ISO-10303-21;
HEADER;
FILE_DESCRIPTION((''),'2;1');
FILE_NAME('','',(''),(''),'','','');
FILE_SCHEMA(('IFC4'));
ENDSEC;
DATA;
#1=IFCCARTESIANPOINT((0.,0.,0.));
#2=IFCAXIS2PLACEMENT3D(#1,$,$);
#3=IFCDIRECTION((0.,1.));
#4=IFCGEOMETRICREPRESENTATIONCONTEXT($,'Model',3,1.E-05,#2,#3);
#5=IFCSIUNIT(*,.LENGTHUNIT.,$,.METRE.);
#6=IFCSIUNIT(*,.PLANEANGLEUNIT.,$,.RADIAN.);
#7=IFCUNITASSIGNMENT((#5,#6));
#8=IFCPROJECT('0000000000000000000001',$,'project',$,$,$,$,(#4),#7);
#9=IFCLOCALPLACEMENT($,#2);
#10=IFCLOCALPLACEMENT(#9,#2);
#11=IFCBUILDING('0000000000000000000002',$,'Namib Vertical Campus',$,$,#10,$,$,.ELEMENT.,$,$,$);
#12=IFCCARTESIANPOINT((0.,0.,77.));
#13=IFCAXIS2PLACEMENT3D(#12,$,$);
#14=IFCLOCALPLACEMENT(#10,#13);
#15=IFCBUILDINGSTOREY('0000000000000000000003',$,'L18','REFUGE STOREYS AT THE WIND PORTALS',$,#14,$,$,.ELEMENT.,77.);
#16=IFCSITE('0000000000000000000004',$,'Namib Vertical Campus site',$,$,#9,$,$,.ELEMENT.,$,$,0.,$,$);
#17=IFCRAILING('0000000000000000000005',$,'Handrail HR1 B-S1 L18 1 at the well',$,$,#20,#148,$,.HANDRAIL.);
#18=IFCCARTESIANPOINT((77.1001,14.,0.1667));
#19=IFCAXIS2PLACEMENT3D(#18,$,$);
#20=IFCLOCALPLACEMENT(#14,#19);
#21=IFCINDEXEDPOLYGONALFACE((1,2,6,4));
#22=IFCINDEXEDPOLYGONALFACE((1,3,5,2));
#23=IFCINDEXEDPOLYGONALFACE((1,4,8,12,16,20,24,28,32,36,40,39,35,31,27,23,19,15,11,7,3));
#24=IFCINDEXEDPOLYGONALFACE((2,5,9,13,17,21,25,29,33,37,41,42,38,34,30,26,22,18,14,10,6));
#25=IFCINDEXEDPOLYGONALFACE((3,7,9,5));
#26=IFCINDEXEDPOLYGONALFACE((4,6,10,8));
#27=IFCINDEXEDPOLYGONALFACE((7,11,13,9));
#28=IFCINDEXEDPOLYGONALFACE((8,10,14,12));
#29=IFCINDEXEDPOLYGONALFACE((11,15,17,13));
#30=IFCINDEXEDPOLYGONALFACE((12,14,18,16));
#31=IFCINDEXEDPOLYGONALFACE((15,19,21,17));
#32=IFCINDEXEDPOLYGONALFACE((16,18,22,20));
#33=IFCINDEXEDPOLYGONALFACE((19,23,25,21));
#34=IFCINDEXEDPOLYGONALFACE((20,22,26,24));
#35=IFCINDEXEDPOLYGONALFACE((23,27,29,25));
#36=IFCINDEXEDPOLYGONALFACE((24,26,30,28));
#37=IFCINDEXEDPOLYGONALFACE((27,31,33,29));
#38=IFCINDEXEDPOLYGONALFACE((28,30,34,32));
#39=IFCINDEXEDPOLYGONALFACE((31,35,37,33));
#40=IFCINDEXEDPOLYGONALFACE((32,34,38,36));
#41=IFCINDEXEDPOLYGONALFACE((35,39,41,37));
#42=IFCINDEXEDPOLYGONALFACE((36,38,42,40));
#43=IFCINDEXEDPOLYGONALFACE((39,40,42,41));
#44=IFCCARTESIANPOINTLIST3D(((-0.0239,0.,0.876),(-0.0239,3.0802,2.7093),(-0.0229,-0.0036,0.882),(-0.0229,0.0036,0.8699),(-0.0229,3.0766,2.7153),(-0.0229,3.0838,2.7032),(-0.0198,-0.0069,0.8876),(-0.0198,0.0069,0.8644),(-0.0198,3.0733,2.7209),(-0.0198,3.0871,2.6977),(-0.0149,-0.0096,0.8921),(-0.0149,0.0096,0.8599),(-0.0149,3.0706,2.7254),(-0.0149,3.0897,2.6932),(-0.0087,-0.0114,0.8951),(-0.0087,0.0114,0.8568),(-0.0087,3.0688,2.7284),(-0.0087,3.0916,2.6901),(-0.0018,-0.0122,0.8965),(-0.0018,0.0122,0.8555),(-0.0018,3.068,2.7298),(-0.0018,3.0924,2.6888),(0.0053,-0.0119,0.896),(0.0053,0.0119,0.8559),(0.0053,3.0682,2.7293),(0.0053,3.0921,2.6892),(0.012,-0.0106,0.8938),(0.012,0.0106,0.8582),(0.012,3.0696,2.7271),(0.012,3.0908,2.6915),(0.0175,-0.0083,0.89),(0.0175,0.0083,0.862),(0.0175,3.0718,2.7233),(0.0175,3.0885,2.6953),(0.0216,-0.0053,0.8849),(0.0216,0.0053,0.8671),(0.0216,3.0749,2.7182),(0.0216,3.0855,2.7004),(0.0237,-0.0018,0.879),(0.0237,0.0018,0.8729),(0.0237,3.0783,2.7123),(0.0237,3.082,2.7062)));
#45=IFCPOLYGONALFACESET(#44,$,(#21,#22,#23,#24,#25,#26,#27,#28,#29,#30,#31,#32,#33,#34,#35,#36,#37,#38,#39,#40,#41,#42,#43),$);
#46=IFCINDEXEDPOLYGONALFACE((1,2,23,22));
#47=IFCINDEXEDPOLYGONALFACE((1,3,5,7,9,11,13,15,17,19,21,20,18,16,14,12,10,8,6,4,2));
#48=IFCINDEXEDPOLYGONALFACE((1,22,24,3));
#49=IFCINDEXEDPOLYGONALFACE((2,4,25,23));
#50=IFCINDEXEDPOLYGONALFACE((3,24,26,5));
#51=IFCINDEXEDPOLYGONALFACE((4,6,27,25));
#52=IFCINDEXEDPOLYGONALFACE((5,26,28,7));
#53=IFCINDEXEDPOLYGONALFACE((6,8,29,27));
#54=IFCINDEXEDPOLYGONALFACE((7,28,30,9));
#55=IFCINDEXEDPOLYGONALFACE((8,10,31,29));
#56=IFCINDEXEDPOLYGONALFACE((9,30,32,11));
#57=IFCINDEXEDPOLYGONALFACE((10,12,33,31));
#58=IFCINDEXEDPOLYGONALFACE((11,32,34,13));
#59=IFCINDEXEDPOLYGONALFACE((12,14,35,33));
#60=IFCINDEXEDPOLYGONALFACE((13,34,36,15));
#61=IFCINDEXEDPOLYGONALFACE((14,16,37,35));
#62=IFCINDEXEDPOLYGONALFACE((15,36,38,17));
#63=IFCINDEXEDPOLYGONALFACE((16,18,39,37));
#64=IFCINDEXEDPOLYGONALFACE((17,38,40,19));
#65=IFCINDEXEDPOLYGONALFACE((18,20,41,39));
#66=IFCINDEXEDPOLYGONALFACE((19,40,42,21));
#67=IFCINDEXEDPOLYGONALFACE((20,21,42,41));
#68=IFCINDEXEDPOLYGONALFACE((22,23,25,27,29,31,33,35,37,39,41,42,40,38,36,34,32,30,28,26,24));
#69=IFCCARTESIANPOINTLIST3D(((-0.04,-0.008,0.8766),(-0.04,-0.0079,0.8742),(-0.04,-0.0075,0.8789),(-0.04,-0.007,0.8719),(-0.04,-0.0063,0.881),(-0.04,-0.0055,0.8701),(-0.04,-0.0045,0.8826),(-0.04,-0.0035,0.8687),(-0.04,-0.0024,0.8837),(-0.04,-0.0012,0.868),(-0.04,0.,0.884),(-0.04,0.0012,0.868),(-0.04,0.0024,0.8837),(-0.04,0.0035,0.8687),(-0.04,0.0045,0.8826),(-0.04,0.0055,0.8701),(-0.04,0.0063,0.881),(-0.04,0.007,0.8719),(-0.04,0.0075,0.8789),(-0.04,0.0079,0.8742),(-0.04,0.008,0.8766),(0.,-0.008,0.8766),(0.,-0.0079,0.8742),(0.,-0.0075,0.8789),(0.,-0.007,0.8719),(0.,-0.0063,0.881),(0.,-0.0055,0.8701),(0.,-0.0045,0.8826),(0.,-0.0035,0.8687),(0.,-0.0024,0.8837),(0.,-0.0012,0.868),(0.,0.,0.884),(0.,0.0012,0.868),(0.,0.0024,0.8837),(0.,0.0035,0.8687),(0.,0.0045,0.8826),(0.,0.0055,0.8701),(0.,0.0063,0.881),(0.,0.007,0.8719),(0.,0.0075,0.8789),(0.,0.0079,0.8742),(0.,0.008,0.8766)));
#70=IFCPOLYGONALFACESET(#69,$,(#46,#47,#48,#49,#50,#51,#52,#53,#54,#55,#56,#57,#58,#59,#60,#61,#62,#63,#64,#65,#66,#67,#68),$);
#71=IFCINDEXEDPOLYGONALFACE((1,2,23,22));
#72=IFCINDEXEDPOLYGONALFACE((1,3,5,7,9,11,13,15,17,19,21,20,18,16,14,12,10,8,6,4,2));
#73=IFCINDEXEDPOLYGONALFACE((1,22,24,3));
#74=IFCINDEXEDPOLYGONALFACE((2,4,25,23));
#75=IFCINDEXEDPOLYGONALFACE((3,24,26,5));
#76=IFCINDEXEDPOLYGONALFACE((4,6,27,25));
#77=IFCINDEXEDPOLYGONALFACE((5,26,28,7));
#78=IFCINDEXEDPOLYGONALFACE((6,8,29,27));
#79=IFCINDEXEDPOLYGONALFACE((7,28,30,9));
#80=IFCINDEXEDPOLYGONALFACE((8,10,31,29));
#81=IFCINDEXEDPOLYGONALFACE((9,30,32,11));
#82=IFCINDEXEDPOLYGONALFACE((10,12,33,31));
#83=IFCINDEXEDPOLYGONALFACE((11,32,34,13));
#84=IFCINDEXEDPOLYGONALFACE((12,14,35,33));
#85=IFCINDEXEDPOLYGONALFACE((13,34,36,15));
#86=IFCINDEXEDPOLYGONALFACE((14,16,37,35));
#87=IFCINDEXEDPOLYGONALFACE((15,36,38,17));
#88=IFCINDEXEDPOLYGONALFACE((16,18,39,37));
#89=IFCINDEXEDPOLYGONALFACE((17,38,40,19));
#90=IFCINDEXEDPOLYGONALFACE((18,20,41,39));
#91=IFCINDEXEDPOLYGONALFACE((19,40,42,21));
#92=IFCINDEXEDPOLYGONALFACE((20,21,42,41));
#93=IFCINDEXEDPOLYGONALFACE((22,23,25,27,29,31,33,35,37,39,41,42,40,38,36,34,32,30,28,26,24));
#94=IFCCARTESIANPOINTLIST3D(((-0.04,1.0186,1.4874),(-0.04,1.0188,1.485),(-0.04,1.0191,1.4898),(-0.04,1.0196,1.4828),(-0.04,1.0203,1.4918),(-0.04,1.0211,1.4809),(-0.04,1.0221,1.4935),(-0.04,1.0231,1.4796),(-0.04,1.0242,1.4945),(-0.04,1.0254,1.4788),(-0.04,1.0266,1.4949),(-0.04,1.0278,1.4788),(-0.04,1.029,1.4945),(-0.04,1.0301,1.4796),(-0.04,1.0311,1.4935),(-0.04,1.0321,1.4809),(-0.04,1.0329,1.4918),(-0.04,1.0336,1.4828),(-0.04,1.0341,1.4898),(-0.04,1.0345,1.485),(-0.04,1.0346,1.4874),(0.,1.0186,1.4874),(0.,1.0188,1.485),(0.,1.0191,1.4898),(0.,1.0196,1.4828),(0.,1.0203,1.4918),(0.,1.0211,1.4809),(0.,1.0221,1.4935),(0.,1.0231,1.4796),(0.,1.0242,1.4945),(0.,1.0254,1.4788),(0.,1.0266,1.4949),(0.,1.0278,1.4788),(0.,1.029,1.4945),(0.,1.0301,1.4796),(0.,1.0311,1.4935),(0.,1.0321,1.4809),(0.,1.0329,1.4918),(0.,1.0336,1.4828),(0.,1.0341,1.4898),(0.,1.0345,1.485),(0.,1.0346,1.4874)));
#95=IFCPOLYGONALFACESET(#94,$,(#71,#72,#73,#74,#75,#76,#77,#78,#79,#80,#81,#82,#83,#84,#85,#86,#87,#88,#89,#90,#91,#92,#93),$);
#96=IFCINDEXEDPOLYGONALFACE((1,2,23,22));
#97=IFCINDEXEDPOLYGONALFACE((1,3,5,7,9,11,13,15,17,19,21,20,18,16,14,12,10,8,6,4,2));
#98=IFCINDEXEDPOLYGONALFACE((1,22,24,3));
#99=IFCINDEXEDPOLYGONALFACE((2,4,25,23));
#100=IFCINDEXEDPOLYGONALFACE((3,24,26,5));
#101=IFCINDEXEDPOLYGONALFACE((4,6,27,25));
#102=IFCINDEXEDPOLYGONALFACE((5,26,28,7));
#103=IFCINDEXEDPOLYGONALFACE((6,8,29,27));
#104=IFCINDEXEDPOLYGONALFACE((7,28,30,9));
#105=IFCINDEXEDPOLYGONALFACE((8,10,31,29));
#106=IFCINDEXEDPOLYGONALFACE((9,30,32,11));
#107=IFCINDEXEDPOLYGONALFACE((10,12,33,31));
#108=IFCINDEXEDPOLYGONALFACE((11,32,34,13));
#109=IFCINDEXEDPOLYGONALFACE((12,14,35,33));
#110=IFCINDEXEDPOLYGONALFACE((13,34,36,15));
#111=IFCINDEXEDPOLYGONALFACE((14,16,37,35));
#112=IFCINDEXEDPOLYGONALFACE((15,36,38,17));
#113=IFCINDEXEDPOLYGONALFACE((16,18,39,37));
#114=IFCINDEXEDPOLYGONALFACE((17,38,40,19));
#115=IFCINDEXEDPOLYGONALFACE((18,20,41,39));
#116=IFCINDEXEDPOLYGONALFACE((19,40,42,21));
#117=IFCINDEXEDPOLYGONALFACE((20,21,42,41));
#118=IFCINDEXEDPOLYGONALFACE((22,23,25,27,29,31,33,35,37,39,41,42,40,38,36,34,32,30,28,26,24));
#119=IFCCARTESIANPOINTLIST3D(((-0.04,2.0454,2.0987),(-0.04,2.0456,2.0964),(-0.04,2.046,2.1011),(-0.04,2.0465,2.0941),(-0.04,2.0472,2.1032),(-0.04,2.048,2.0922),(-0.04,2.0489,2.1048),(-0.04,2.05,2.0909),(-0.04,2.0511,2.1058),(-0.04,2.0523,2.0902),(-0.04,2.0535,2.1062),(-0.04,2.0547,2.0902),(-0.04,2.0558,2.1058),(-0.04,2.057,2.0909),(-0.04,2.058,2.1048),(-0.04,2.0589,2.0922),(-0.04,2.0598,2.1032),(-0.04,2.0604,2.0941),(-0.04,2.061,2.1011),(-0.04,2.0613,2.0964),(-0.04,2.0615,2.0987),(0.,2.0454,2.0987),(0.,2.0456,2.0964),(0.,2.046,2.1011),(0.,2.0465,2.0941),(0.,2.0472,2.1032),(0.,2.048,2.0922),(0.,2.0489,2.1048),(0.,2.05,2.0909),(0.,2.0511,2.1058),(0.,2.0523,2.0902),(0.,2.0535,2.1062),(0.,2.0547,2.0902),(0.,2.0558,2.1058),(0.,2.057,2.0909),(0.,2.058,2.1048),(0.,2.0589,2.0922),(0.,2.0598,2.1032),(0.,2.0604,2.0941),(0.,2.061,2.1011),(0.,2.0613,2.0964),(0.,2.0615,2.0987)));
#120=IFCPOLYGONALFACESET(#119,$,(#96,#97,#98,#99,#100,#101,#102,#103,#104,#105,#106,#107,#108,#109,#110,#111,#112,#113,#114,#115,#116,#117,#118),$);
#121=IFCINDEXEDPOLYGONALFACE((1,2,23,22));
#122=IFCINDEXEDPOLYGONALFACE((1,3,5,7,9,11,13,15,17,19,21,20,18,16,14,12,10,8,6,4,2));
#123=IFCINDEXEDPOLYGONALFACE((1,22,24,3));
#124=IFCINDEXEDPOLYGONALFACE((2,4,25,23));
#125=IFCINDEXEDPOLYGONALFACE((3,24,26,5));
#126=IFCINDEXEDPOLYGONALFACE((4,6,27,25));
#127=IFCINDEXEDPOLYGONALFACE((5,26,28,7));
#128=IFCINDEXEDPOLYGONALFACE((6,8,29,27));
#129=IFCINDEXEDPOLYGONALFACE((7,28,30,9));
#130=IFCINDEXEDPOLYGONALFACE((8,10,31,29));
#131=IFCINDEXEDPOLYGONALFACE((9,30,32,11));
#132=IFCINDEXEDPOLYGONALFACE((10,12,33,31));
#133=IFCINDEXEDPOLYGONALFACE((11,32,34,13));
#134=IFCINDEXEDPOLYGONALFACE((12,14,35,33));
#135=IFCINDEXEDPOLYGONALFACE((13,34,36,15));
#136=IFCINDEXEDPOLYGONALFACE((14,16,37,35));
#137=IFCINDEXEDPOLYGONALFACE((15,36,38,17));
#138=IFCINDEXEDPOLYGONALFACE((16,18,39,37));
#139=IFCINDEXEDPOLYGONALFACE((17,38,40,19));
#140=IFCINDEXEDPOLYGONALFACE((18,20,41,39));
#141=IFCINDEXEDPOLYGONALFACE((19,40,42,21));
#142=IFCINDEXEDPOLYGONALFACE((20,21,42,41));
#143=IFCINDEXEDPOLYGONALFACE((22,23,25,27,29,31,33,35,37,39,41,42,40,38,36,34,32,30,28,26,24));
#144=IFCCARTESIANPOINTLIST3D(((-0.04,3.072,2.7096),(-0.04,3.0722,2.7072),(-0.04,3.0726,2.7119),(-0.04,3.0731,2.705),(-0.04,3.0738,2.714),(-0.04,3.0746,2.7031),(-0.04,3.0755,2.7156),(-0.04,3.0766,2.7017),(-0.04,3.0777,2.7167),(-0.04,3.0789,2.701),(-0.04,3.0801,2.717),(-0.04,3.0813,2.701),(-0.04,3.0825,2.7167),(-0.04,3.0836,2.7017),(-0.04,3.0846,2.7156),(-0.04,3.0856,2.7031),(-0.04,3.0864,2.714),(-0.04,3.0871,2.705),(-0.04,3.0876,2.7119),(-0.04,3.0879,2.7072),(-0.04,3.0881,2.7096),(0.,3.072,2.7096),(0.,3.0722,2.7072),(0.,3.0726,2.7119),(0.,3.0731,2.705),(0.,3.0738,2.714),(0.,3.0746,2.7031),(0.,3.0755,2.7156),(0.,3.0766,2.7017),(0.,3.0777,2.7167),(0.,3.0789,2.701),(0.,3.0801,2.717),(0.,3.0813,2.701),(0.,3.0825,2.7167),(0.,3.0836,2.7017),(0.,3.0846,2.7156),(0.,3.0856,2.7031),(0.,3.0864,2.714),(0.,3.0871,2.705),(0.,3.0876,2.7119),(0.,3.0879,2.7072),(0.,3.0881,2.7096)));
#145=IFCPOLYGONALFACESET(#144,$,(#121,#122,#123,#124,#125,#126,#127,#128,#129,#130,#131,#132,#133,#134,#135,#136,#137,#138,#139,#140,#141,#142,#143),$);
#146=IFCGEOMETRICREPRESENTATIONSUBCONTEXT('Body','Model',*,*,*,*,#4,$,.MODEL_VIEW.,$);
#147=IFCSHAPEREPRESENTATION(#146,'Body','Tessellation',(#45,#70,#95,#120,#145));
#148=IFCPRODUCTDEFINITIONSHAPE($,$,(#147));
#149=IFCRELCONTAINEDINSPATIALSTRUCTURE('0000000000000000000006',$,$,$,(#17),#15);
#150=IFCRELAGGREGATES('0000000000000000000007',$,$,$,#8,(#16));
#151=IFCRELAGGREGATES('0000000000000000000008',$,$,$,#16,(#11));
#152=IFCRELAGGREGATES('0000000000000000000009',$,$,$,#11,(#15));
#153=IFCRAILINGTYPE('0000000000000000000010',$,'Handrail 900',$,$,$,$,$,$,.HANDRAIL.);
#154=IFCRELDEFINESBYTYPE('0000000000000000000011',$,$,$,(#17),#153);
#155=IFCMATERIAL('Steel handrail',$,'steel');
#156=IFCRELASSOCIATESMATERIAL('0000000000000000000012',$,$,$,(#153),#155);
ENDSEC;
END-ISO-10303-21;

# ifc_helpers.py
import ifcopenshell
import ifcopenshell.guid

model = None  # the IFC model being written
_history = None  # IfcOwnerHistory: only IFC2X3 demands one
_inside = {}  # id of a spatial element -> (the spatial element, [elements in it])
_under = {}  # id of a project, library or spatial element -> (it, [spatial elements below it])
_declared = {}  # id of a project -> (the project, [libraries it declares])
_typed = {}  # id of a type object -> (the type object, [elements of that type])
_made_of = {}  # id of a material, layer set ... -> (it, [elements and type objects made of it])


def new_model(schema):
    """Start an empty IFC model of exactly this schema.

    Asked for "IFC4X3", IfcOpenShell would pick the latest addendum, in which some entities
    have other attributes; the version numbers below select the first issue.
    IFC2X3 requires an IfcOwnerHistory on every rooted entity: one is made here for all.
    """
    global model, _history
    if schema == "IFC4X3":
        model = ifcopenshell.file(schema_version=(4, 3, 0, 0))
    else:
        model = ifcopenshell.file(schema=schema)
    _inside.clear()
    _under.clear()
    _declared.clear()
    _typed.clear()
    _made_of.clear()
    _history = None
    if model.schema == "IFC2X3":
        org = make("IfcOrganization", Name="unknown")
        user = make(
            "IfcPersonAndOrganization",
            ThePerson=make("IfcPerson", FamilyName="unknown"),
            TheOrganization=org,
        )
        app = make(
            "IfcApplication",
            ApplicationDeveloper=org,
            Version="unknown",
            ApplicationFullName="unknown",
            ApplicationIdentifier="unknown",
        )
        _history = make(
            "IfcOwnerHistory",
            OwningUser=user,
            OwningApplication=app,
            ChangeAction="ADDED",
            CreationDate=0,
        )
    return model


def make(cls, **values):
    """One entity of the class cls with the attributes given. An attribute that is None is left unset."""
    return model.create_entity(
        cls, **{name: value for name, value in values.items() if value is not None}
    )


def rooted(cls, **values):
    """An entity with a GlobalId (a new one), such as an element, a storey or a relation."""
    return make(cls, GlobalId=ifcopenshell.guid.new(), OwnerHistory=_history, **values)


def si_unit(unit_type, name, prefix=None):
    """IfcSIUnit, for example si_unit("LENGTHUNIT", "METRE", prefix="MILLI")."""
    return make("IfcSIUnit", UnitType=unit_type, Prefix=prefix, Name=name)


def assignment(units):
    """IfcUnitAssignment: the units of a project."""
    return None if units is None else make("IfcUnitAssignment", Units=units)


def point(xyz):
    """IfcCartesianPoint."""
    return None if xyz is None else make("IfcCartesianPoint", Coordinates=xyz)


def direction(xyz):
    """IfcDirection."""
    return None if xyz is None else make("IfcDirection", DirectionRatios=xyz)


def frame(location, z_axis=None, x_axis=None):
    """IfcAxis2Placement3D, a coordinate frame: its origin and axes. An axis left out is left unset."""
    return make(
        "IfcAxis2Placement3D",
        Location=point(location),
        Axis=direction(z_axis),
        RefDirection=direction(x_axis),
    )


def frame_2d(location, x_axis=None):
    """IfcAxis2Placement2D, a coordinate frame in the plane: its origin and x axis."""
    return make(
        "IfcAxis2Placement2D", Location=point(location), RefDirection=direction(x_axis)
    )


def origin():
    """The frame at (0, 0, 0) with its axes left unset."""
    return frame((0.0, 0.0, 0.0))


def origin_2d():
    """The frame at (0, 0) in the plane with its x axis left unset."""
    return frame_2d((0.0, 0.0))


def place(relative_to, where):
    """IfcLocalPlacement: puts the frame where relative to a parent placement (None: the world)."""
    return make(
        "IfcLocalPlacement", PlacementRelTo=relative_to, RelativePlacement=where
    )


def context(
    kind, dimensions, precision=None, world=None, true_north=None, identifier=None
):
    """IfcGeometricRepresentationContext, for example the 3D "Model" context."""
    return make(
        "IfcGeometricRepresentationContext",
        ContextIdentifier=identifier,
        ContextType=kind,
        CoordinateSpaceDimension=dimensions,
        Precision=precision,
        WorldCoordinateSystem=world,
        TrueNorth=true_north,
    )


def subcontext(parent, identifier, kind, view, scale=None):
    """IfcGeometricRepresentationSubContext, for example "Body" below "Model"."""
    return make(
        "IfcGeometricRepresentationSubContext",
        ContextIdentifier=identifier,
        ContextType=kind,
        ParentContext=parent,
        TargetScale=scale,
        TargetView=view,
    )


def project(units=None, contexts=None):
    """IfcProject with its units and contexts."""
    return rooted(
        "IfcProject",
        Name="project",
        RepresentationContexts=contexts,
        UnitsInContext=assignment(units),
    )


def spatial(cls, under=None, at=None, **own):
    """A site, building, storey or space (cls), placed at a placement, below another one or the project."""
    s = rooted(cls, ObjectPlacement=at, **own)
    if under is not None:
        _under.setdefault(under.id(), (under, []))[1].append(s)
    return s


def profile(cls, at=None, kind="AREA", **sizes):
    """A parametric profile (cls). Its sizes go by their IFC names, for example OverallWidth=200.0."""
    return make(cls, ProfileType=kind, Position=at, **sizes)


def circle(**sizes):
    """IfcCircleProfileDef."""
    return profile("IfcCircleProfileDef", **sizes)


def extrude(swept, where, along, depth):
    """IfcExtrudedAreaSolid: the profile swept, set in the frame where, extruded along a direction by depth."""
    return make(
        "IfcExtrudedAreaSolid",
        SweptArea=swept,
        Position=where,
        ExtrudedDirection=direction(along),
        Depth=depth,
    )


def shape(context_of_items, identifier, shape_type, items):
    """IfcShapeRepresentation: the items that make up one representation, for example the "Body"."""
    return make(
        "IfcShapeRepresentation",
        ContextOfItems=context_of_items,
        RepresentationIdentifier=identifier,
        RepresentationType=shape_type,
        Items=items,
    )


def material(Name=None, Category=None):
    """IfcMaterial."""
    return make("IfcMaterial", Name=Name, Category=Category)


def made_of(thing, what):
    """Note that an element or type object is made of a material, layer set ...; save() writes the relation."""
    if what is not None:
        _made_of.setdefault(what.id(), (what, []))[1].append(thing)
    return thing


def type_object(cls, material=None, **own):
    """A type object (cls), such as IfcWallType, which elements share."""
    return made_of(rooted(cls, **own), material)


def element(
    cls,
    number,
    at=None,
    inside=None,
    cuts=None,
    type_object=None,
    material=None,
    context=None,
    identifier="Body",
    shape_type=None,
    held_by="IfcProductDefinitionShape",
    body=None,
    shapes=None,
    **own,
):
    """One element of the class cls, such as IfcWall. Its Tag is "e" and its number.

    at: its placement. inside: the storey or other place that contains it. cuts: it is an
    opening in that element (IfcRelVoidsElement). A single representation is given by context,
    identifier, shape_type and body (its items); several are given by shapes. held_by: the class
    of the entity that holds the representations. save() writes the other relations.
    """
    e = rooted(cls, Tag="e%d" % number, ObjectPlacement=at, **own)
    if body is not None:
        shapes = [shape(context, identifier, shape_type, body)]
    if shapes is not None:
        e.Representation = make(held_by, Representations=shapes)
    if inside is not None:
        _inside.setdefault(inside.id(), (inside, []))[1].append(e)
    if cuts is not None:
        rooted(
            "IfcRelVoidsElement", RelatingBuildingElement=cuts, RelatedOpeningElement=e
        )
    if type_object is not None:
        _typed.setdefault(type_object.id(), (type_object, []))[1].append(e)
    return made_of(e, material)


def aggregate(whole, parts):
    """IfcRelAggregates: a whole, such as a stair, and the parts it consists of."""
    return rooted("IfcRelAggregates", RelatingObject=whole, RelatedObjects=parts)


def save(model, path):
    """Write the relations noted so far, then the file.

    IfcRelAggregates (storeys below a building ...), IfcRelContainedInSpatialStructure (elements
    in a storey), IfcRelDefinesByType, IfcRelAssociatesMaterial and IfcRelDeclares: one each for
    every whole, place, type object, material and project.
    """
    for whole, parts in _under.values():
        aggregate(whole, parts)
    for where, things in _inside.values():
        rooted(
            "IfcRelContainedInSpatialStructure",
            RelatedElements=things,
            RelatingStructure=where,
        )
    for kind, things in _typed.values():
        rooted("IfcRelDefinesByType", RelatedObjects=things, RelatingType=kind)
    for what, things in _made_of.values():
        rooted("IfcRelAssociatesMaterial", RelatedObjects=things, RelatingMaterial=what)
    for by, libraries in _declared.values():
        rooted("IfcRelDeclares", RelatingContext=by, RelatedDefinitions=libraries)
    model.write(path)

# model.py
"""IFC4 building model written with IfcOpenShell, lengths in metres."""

from ifc_helpers import new_model, si_unit, direction, frame, origin, origin_2d, place, context, subcontext, project, spatial, circle, extrude, material, type_object, element, save


model = new_model("IFC4")

# Units and contexts
model_context = context("Model", 3, precision=1e-05, world=origin(), true_north=direction((0.0, 1.0)))
body_context = subcontext(model_context, "Body", "Model", "MODEL_VIEW")
ifc_project = project(units=[si_unit("LENGTHUNIT", "METRE"), si_unit("PLANEANGLEUNIT", "RADIAN")], contexts=[model_context])

# Site, building, storey
site_placement = place(None, origin())
site = spatial("IfcSite", under=ifc_project, at=site_placement, Name="Namib Vertical Campus site", CompositionType="ELEMENT", RefElevation=0.0)
building_placement = place(site_placement, origin())
building = spatial("IfcBuilding", under=site, at=building_placement, Name="Namib Vertical Campus", CompositionType="ELEMENT")
storey_placement = place(building_placement, frame((0.0, 0.0, 77.0)))
storey = spatial("IfcBuildingStorey", under=building, at=storey_placement, Name="L18", Description="REFUGE STOREYS AT THE WIND PORTALS", CompositionType="ELEMENT", Elevation=77.0)

# Railing
ifc_material_1 = material(Name="Steel handrail", Category="steel")
railing_type_1 = type_object("IfcRailingType", Name="Handrail 900", PredefinedType="HANDRAIL", material=ifc_material_1)
for number, where, name in (
    (1, (77.1001, 14.0, 0.1667), "Handrail HR1 B-S1 L18 1 at the well"),
):
    element("IfcRailing", number, at=place(storey_placement, frame(where)), inside=storey, type_object=railing_type_1, Name=name, PredefinedType="HANDRAIL", context=body_context, shape_type="SweptSolid", body=[
        extrude(circle(Radius=0.0239, at=origin_2d()), frame((0.0, 0.0, 0.876), z_axis=(0.0, 0.859309, 0.511458), x_axis=(-1.0, 0.0, 0.0)), (0.0, 0.0, 1.0), 3.5845),
        extrude(circle(Radius=0.0081, at=origin_2d()), frame((0.0, 0.0, 0.876), z_axis=(-1.0, 0.0, 0.0), x_axis=(0.0, 0.0, 1.0)), (0.0, 0.0, 1.0), 0.04),
        extrude(circle(Radius=0.0081, at=origin_2d()), frame((0.0, 1.0266, 1.4868), z_axis=(-1.0, 0.0, 0.0), x_axis=(0.0, 0.0, 1.0)), (0.0, 0.0, 1.0), 0.04),
        extrude(circle(Radius=0.0081, at=origin_2d()), frame((0.0, 2.0535, 2.0981), z_axis=(-1.0, 0.0, 0.0), x_axis=(0.0, 0.0, 1.0)), (0.0, 0.0, 1.0), 0.04),
        extrude(circle(Radius=0.0081, at=origin_2d()), frame((0.0, 3.0801, 2.709), z_axis=(-1.0, 0.0, 0.0), x_axis=(0.0, 0.0, 1.0)), (0.0, 0.0, 1.0), 0.04),
    ])

save(model, "model.ifc")
